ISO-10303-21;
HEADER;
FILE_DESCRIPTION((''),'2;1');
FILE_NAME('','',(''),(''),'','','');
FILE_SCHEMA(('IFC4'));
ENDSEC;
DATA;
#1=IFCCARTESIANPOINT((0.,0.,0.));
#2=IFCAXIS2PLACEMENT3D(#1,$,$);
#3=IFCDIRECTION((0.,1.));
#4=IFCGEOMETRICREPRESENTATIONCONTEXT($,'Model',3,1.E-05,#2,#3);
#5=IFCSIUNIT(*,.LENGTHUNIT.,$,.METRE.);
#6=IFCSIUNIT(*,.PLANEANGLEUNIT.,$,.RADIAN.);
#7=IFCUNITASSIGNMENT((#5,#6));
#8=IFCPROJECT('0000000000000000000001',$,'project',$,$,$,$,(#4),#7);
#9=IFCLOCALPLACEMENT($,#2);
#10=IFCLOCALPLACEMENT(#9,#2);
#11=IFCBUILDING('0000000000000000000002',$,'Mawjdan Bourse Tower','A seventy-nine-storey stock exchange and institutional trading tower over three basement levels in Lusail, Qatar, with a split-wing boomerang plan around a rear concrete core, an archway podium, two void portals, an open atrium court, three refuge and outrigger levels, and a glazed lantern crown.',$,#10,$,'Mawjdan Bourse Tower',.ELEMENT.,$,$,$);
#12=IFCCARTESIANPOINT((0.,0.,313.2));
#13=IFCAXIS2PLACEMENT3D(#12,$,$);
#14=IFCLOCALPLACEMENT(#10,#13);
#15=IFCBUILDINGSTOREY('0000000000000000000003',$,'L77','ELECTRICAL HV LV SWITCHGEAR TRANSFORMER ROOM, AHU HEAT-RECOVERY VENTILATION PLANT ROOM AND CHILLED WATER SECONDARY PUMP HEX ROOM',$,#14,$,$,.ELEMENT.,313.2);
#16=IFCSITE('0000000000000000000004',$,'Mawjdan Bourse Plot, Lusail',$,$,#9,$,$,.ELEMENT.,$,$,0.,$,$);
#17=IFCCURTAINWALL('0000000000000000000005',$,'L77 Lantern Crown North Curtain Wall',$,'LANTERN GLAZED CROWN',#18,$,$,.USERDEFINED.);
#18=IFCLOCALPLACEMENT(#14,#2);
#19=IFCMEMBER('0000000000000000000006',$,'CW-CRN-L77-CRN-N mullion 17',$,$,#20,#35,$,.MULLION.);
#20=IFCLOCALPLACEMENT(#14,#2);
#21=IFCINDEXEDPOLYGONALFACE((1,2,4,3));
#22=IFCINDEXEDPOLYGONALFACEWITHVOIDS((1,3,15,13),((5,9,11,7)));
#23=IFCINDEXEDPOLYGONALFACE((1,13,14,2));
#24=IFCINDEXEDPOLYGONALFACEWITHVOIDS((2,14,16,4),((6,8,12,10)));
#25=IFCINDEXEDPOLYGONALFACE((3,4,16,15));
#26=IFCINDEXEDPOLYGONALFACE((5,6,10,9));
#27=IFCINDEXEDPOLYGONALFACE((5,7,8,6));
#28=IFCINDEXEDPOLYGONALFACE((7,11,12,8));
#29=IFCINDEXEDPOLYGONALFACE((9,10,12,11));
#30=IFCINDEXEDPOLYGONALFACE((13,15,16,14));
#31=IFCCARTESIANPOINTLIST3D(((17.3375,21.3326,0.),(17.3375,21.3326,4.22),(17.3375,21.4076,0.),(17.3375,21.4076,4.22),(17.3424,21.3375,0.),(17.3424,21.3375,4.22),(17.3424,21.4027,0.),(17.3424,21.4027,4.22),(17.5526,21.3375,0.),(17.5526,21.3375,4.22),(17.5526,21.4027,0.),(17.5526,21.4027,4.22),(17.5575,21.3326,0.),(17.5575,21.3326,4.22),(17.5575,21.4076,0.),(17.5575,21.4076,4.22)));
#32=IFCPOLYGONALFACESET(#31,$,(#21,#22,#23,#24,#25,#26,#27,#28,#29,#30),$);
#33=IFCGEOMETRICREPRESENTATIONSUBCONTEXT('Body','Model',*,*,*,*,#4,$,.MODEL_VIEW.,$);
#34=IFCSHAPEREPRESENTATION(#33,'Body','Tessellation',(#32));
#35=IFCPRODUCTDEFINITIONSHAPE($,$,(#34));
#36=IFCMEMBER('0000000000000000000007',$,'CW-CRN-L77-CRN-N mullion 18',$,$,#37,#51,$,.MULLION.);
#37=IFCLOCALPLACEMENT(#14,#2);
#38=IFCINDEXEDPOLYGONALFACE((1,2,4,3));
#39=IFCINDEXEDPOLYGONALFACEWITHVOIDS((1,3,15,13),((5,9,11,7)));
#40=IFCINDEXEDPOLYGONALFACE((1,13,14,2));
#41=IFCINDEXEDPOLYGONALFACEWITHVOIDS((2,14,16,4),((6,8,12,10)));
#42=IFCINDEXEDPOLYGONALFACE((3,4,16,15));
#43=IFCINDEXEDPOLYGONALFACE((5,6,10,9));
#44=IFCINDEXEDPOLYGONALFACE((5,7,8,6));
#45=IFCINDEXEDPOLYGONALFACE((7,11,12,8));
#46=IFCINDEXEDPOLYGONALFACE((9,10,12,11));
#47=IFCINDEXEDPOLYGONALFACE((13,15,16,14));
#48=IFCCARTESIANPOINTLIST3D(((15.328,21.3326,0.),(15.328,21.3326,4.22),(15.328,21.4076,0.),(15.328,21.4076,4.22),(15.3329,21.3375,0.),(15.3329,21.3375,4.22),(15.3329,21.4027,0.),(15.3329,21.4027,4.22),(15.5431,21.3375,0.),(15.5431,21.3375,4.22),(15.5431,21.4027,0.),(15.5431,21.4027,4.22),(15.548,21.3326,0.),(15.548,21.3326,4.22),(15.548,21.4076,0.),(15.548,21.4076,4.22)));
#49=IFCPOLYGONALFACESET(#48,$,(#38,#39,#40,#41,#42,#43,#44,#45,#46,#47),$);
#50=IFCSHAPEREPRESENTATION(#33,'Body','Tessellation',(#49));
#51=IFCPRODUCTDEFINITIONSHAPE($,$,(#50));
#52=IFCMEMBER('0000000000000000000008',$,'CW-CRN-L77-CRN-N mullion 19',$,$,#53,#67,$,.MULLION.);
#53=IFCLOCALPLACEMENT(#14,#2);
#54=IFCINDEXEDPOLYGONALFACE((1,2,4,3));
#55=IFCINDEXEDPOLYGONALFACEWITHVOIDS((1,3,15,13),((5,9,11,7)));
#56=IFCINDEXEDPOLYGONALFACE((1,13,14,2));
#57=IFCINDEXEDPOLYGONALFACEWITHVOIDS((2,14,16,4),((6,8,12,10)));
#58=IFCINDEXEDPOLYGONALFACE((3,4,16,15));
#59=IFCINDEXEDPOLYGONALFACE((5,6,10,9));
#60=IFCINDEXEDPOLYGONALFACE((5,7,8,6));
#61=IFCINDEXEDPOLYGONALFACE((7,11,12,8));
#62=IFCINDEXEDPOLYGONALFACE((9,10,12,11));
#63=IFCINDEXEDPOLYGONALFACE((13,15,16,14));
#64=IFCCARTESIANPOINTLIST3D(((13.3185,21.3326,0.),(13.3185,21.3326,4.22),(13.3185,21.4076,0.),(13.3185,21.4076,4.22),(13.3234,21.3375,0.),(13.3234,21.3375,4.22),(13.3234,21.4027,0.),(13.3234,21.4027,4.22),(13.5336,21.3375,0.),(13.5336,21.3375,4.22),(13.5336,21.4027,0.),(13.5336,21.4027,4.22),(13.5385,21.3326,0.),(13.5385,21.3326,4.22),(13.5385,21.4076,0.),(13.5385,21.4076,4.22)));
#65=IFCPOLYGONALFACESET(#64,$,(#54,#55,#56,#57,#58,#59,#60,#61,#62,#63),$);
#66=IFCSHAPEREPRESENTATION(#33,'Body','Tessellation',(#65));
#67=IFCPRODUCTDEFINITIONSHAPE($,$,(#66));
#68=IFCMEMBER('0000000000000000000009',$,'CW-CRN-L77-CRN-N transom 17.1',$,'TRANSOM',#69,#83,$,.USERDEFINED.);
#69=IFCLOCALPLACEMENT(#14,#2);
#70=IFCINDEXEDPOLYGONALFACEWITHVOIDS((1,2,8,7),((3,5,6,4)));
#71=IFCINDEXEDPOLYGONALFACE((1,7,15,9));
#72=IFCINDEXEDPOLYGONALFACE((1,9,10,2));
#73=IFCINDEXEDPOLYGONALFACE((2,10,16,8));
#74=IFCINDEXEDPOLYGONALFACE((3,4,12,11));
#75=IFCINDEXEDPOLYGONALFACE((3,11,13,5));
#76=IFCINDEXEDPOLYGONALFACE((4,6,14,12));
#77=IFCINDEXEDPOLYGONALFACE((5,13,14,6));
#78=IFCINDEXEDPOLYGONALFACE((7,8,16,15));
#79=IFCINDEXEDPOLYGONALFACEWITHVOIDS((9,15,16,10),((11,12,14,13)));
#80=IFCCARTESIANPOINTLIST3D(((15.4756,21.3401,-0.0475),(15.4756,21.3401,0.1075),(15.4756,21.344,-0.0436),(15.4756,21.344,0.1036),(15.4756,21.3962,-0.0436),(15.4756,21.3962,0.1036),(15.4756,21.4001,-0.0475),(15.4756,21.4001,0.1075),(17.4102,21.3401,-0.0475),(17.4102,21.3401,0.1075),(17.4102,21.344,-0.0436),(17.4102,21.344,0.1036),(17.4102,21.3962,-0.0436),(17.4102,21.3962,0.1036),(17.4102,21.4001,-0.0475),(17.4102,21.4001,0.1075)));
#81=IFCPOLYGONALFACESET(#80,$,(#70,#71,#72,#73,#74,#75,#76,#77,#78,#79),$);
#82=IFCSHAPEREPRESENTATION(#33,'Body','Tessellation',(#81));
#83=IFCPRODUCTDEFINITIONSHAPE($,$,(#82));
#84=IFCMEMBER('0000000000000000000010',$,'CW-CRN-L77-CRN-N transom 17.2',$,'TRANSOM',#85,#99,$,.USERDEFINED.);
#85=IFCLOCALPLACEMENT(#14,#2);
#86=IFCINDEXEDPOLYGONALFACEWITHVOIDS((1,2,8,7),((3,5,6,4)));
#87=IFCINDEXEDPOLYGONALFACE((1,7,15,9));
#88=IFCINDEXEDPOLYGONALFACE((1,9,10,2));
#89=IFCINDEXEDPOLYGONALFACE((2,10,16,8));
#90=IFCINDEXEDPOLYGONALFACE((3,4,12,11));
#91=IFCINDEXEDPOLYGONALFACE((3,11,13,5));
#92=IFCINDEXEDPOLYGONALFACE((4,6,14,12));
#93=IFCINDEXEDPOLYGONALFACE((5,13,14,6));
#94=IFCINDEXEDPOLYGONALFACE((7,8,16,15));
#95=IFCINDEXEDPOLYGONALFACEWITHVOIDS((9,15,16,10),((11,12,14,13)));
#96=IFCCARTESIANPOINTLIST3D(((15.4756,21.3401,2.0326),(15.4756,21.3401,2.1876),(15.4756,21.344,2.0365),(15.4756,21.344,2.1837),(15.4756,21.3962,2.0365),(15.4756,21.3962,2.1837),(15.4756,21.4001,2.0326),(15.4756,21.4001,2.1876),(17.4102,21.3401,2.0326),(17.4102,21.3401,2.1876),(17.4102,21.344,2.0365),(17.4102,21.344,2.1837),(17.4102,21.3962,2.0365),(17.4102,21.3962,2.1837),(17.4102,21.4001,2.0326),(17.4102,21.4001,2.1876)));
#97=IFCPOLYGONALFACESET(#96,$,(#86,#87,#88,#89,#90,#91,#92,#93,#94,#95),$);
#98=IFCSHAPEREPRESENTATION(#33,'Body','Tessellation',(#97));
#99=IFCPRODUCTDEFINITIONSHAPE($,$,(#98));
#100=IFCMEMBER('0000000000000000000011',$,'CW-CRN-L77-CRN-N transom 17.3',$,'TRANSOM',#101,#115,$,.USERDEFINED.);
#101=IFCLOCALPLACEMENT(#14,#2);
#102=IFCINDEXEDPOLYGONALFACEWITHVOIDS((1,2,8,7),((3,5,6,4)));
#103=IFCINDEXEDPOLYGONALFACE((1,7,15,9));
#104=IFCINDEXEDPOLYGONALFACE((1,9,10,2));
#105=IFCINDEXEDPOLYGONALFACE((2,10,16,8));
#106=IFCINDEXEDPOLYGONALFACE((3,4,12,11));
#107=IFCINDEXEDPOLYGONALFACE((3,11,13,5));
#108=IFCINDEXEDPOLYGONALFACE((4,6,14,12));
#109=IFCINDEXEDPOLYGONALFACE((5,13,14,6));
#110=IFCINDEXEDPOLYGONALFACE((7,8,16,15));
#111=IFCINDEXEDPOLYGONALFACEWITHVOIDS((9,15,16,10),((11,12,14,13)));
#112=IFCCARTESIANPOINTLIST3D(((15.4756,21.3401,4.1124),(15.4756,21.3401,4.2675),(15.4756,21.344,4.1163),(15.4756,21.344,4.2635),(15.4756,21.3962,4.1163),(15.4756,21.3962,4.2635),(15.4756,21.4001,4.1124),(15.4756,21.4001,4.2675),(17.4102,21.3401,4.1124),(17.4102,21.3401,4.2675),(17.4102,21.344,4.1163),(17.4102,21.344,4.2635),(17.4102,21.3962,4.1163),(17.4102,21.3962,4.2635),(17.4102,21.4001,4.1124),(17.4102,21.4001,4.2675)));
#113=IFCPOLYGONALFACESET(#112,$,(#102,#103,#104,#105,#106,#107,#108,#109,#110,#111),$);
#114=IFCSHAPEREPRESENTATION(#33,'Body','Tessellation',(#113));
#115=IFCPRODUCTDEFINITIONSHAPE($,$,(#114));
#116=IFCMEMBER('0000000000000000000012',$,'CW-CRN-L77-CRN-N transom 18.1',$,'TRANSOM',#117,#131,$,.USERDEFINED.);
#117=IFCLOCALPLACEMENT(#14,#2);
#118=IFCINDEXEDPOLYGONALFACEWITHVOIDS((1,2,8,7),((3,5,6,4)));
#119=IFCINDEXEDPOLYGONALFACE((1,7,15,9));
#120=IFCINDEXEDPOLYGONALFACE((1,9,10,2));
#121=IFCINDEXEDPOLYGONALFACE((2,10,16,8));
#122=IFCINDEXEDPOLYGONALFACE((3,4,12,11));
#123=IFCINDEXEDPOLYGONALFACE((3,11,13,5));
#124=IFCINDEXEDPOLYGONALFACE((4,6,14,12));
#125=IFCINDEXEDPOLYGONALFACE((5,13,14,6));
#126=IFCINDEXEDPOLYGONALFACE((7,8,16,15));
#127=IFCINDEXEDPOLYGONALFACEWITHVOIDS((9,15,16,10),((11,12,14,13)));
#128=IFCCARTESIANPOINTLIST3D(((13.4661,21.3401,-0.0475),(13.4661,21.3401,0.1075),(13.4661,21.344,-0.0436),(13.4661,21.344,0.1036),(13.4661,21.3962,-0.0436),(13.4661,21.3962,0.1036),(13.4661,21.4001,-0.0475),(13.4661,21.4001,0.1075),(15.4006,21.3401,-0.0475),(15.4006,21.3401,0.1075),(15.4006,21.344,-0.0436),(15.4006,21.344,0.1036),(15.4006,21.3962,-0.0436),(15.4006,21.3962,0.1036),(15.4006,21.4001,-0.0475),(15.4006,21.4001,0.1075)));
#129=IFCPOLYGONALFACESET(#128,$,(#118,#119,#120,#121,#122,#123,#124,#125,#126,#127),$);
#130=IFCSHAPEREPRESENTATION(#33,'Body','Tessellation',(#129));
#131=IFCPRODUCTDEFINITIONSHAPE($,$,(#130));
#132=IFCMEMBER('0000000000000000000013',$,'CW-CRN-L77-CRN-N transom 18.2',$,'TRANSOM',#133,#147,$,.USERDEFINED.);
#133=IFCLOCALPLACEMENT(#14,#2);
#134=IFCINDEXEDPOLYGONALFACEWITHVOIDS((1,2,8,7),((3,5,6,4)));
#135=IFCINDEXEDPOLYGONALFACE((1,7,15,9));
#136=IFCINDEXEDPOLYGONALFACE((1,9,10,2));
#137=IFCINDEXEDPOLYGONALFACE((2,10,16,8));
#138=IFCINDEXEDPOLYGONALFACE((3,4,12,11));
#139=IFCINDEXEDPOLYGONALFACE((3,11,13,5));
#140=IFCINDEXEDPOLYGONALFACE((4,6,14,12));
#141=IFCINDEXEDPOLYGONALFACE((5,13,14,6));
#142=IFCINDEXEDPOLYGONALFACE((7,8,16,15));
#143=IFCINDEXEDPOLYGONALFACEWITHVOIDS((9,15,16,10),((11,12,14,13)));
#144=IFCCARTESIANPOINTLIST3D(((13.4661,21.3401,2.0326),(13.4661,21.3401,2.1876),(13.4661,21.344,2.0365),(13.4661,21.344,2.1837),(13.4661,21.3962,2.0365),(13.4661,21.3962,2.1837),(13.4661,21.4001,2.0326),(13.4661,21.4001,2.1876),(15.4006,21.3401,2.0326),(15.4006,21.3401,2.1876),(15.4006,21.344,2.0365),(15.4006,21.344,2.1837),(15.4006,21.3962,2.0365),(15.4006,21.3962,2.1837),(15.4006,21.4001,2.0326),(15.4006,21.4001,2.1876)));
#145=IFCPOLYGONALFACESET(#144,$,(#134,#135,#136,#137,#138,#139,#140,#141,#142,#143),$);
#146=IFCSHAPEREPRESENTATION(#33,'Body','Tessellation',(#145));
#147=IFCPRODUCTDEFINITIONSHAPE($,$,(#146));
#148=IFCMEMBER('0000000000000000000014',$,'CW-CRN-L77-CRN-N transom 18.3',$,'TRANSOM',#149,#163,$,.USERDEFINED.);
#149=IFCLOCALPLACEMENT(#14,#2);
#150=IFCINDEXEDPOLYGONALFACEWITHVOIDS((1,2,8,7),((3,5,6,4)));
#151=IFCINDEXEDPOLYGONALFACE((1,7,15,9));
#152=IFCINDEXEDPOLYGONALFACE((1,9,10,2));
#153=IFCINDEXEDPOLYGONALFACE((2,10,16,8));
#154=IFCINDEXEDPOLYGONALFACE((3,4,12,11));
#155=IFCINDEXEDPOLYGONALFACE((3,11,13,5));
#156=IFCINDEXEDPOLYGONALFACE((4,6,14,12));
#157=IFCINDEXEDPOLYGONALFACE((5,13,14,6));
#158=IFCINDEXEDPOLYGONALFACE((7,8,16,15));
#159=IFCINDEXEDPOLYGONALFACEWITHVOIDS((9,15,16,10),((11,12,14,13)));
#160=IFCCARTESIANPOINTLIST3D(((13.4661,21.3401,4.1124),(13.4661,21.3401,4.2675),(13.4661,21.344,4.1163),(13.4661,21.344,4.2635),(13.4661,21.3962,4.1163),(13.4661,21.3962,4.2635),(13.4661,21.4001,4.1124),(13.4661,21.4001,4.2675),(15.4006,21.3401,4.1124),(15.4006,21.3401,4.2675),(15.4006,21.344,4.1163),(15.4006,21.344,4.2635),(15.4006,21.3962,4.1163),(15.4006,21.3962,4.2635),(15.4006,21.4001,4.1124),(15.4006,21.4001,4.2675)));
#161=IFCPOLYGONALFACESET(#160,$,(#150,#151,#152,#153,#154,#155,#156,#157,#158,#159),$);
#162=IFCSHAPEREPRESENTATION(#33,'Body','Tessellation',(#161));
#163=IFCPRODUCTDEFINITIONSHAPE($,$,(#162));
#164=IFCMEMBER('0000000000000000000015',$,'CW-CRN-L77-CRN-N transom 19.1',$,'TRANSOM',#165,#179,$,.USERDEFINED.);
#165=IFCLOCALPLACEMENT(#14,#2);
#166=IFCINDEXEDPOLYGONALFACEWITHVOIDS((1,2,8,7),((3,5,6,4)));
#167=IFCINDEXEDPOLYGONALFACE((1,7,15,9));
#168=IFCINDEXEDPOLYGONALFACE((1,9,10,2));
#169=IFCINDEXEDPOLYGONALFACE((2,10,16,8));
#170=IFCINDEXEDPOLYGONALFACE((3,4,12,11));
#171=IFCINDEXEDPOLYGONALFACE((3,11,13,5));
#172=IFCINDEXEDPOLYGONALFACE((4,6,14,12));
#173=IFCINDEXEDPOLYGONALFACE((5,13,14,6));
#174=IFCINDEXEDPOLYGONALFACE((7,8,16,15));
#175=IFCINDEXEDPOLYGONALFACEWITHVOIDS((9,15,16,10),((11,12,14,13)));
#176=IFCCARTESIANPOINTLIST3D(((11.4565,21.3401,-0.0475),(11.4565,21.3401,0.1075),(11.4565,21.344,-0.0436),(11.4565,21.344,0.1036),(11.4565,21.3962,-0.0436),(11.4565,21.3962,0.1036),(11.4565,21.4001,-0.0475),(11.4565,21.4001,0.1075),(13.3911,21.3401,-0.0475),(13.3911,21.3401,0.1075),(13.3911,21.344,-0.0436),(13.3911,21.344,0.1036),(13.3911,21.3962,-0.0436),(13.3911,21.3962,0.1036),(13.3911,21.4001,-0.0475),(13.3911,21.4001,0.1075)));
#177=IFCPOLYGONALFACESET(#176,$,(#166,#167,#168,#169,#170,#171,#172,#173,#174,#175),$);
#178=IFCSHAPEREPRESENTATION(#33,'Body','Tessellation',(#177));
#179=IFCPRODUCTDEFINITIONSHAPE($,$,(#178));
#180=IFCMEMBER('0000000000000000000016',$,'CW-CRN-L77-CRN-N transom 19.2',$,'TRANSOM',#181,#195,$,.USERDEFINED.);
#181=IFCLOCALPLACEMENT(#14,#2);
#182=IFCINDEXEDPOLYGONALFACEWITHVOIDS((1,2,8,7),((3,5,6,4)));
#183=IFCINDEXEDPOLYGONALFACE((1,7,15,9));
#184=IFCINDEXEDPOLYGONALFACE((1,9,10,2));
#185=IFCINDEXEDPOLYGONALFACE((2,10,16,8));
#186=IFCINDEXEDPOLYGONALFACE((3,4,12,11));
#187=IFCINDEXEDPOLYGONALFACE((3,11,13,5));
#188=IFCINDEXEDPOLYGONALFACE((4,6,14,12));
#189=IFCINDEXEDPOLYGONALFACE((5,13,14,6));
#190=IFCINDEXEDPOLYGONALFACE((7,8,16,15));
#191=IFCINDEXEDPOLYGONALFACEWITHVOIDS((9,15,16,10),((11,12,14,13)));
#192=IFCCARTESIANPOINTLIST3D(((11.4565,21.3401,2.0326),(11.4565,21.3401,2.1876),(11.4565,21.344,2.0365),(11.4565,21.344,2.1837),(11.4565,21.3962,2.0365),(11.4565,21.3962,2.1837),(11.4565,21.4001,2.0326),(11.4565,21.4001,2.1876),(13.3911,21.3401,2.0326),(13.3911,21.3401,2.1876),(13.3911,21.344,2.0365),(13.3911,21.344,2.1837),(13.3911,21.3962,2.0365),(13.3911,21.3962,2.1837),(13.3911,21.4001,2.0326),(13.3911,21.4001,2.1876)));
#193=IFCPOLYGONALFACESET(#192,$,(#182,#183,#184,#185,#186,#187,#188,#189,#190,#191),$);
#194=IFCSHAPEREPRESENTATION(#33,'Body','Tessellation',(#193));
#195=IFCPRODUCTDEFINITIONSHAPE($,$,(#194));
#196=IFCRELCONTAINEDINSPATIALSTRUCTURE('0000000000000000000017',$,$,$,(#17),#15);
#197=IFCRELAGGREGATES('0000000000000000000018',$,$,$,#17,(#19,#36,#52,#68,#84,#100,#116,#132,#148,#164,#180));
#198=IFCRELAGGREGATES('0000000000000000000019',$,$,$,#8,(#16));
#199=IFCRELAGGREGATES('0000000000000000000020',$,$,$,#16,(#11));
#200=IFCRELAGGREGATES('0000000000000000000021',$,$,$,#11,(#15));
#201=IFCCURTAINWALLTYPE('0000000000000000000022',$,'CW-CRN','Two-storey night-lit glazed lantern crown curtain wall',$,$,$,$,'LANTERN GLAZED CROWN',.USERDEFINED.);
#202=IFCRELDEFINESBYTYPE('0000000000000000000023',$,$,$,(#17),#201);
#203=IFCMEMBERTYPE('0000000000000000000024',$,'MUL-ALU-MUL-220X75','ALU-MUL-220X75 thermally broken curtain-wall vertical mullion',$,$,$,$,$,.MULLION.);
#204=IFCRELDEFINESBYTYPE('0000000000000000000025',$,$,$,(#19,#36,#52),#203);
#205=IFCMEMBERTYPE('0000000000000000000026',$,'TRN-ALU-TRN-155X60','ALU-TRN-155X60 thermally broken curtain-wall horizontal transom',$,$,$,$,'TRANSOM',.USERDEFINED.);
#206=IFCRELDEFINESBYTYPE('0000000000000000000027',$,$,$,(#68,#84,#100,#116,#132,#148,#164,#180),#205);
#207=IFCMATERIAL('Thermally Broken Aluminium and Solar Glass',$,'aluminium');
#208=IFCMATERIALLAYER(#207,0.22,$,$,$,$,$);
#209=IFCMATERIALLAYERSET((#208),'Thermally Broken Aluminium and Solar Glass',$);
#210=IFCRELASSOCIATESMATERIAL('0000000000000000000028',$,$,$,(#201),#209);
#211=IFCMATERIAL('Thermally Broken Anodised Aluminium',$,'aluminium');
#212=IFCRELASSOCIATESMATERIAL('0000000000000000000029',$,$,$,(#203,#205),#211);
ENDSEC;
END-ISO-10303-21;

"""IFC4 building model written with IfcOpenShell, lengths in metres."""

from ifc_helpers import new_model, si_unit, direction, frame, origin, origin_2d, place, context, subcontext, project, spatial, hollow_rectangle, extrude, material, layer, layer_set, material_profile, profile_set, type_object, element, aggregate, save


model = new_model("IFC4")

# Units and contexts
model_context = context("Model", 3, precision=1e-05, world=origin(), true_north=direction((0.0, 1.0)))
body_context = subcontext(model_context, "Body", "Model", "MODEL_VIEW")
ifc_project = project(units=[si_unit("LENGTHUNIT", "METRE"), si_unit("PLANEANGLEUNIT", "RADIAN")], contexts=[model_context])

# Site, building, storey
site_placement = place(None, origin())
site = spatial("IfcSite", under=ifc_project, at=site_placement, Name="Mawjdan Bourse Plot, Lusail", CompositionType="ELEMENT", RefElevation=0.0)
building_placement = place(site_placement, origin())
building = spatial("IfcBuilding", under=site, at=building_placement, Name="Mawjdan Bourse Tower", Description="A seventy-nine-storey stock exchange and institutional trading tower over three basement levels in Lusail, Qatar, with a split-wing boomerang plan around a rear concrete core, an archway podium, two void portals, an open atrium court, three refuge and outrigger levels, and a glazed lantern crown.", LongName="Mawjdan Bourse Tower", CompositionType="ELEMENT")
storey_placement = place(building_placement, frame((0.0, 0.0, 313.2)))
storey = spatial("IfcBuildingStorey", under=building, at=storey_placement, Name="L77", Description="ELECTRICAL HV LV SWITCHGEAR TRANSFORMER ROOM, AHU HEAT-RECOVERY VENTILATION PLANT ROOM AND CHILLED WATER SECONDARY PUMP HEX ROOM", CompositionType="ELEMENT", Elevation=313.2)

# Curtain wall, members
ifc_material_1 = material(Name="Thermally Broken Aluminium and Solar Glass", Category="aluminium")
ifc_layer_1 = layer(ifc_material_1, 0.22)
ifc_layer_set_1 = layer_set([ifc_layer_1], Name="Thermally Broken Aluminium and Solar Glass")
curtain_wall_type = type_object("IfcCurtainWallType", Name="CW-CRN", Description="Two-storey night-lit glazed lantern crown curtain wall", ElementType="LANTERN GLAZED CROWN", PredefinedType="USERDEFINED", material=ifc_layer_set_1)
curtain_wall_placement = place(storey_placement, origin())
curtain_wall = element("IfcCurtainWall", 1, at=curtain_wall_placement, inside=storey, type_object=curtain_wall_type, Name="L77 Lantern Crown North Curtain Wall", ObjectType="LANTERN GLAZED CROWN", PredefinedType="USERDEFINED")
ifc_material_2 = material(Name="Thermally Broken Anodised Aluminium", Category="aluminium")
ifc_material_profile_1 = material_profile(ifc_material_2, hollow_rectangle(XDim=0.075, YDim=0.22, WallThickness=0.0049, at=origin_2d()), Name="ALU-MUL-220X75")
ifc_profile_set_1 = profile_set([ifc_material_profile_1], Name="Thermally Broken Anodised Aluminium")
member_type_1 = type_object("IfcMemberType", Name="MUL-ALU-MUL-220X75", Description="ALU-MUL-220X75 thermally broken curtain-wall vertical mullion", PredefinedType="MULLION", material=ifc_profile_set_1)
member_1_placement = place(storey_placement, frame((17.4475, 21.3701, 0.0), z_axis=(0.0, 0.0, 1.0), x_axis=(0.0, -1.0, 0.0)))
member_1 = element("IfcMember", 2, at=member_1_placement, type_object=member_type_1, Name="CW-CRN-L77-CRN-N mullion 17", PredefinedType="MULLION", context=body_context, shape_type="SweptSolid", body=[
    extrude(hollow_rectangle(XDim=0.075, YDim=0.22, WallThickness=0.0049, at=origin_2d()), origin(), (0.0, 0.0, 1.0), 4.22),
])
member_2_placement = place(storey_placement, frame((15.438, 21.3701, 0.0), z_axis=(0.0, 0.0, 1.0), x_axis=(0.0, -1.0, 0.0)))
member_2 = element("IfcMember", 3, at=member_2_placement, type_object=member_type_1, Name="CW-CRN-L77-CRN-N mullion 18", PredefinedType="MULLION", context=body_context, shape_type="SweptSolid", body=[
    extrude(hollow_rectangle(XDim=0.075, YDim=0.22, WallThickness=0.0049, at=origin_2d()), origin(), (0.0, 0.0, 1.0), 4.22),
])
member_3_placement = place(storey_placement, frame((13.4285, 21.3701, 0.0), z_axis=(0.0, 0.0, 1.0), x_axis=(0.0, -1.0, 0.0)))
member_3 = element("IfcMember", 4, at=member_3_placement, type_object=member_type_1, Name="CW-CRN-L77-CRN-N mullion 19", PredefinedType="MULLION", context=body_context, shape_type="SweptSolid", body=[
    extrude(hollow_rectangle(XDim=0.075, YDim=0.22, WallThickness=0.0049, at=origin_2d()), origin(), (0.0, 0.0, 1.0), 4.22),
])
ifc_material_profile_2 = material_profile(ifc_material_2, hollow_rectangle(XDim=0.0601, YDim=0.155, WallThickness=0.0039, at=origin_2d()), Name="ALU-TRN-155X60")
ifc_profile_set_2 = profile_set([ifc_material_profile_2], Name="Thermally Broken Anodised Aluminium")
member_type_2 = type_object("IfcMemberType", Name="TRN-ALU-TRN-155X60", Description="ALU-TRN-155X60 thermally broken curtain-wall horizontal transom", ElementType="TRANSOM", PredefinedType="USERDEFINED", material=ifc_profile_set_2)
member_4_placement = place(storey_placement, frame((17.4102, 21.3701, 0.03), z_axis=(-1.0, 0.0, 0.0), x_axis=(0.0, -1.0, 0.0)))
member_4 = element("IfcMember", 5, at=member_4_placement, type_object=member_type_2, Name="CW-CRN-L77-CRN-N transom 17.1", ObjectType="TRANSOM", PredefinedType="USERDEFINED", context=body_context, shape_type="SweptSolid", body=[
    extrude(hollow_rectangle(XDim=0.0601, YDim=0.155, WallThickness=0.0039, at=origin_2d()), origin(), (0.0, 0.0, 1.0), 1.9346),
])
member_5_placement = place(storey_placement, frame((17.4102, 21.3701, 2.1101), z_axis=(-1.0, 0.0, 0.0), x_axis=(0.0, -1.0, 0.0)))
member_5 = element("IfcMember", 6, at=member_5_placement, type_object=member_type_2, Name="CW-CRN-L77-CRN-N transom 17.2", ObjectType="TRANSOM", PredefinedType="USERDEFINED", context=body_context, shape_type="SweptSolid", body=[
    extrude(hollow_rectangle(XDim=0.0601, YDim=0.155, WallThickness=0.0039, at=origin_2d()), origin(), (0.0, 0.0, 1.0), 1.9346),
])
member_6_placement = place(storey_placement, frame((17.4102, 21.3701, 4.1899), z_axis=(-1.0, 0.0, 0.0), x_axis=(0.0, -1.0, 0.0)))
member_6 = element("IfcMember", 7, at=member_6_placement, type_object=member_type_2, Name="CW-CRN-L77-CRN-N transom 17.3", ObjectType="TRANSOM", PredefinedType="USERDEFINED", context=body_context, shape_type="SweptSolid", body=[
    extrude(hollow_rectangle(XDim=0.0601, YDim=0.155, WallThickness=0.0039, at=origin_2d()), origin(), (0.0, 0.0, 1.0), 1.9346),
])
member_7_placement = place(storey_placement, frame((15.4006, 21.3701, 0.03), z_axis=(-1.0, 0.0, 0.0), x_axis=(0.0, -1.0, 0.0)))
member_7 = element("IfcMember", 8, at=member_7_placement, type_object=member_type_2, Name="CW-CRN-L77-CRN-N transom 18.1", ObjectType="TRANSOM", PredefinedType="USERDEFINED", context=body_context, shape_type="SweptSolid", body=[
    extrude(hollow_rectangle(XDim=0.0601, YDim=0.155, WallThickness=0.0039, at=origin_2d()), origin(), (0.0, 0.0, 1.0), 1.9346),
])
member_8_placement = place(storey_placement, frame((15.4006, 21.3701, 2.1101), z_axis=(-1.0, 0.0, 0.0), x_axis=(0.0, -1.0, 0.0)))
member_8 = element("IfcMember", 9, at=member_8_placement, type_object=member_type_2, Name="CW-CRN-L77-CRN-N transom 18.2", ObjectType="TRANSOM", PredefinedType="USERDEFINED", context=body_context, shape_type="SweptSolid", body=[
    extrude(hollow_rectangle(XDim=0.0601, YDim=0.155, WallThickness=0.0039, at=origin_2d()), origin(), (0.0, 0.0, 1.0), 1.9346),
])
member_9_placement = place(storey_placement, frame((15.4006, 21.3701, 4.1899), z_axis=(-1.0, 0.0, 0.0), x_axis=(0.0, -1.0, 0.0)))
member_9 = element("IfcMember", 10, at=member_9_placement, type_object=member_type_2, Name="CW-CRN-L77-CRN-N transom 18.3", ObjectType="TRANSOM", PredefinedType="USERDEFINED", context=body_context, shape_type="SweptSolid", body=[
    extrude(hollow_rectangle(XDim=0.0601, YDim=0.155, WallThickness=0.0039, at=origin_2d()), origin(), (0.0, 0.0, 1.0), 1.9346),
])
member_10_placement = place(storey_placement, frame((13.3911, 21.3701, 0.03), z_axis=(-1.0, 0.0, 0.0), x_axis=(0.0, -1.0, 0.0)))
member_10 = element("IfcMember", 11, at=member_10_placement, type_object=member_type_2, Name="CW-CRN-L77-CRN-N transom 19.1", ObjectType="TRANSOM", PredefinedType="USERDEFINED", context=body_context, shape_type="SweptSolid", body=[
    extrude(hollow_rectangle(XDim=0.0601, YDim=0.155, WallThickness=0.0039, at=origin_2d()), origin(), (0.0, 0.0, 1.0), 1.9346),
])
member_11_placement = place(storey_placement, frame((13.3911, 21.3701, 2.1101), z_axis=(-1.0, 0.0, 0.0), x_axis=(0.0, -1.0, 0.0)))
member_11 = element("IfcMember", 12, at=member_11_placement, type_object=member_type_2, Name="CW-CRN-L77-CRN-N transom 19.2", ObjectType="TRANSOM", PredefinedType="USERDEFINED", context=body_context, shape_type="SweptSolid", body=[
    extrude(hollow_rectangle(XDim=0.0601, YDim=0.155, WallThickness=0.0039, at=origin_2d()), origin(), (0.0, 0.0, 1.0), 1.9346),
])
aggregate(curtain_wall, [member_1, member_2, member_3, member_4, member_5, member_6, member_7, member_8, member_9, member_10, member_11])

save(model, "model.ifc")
